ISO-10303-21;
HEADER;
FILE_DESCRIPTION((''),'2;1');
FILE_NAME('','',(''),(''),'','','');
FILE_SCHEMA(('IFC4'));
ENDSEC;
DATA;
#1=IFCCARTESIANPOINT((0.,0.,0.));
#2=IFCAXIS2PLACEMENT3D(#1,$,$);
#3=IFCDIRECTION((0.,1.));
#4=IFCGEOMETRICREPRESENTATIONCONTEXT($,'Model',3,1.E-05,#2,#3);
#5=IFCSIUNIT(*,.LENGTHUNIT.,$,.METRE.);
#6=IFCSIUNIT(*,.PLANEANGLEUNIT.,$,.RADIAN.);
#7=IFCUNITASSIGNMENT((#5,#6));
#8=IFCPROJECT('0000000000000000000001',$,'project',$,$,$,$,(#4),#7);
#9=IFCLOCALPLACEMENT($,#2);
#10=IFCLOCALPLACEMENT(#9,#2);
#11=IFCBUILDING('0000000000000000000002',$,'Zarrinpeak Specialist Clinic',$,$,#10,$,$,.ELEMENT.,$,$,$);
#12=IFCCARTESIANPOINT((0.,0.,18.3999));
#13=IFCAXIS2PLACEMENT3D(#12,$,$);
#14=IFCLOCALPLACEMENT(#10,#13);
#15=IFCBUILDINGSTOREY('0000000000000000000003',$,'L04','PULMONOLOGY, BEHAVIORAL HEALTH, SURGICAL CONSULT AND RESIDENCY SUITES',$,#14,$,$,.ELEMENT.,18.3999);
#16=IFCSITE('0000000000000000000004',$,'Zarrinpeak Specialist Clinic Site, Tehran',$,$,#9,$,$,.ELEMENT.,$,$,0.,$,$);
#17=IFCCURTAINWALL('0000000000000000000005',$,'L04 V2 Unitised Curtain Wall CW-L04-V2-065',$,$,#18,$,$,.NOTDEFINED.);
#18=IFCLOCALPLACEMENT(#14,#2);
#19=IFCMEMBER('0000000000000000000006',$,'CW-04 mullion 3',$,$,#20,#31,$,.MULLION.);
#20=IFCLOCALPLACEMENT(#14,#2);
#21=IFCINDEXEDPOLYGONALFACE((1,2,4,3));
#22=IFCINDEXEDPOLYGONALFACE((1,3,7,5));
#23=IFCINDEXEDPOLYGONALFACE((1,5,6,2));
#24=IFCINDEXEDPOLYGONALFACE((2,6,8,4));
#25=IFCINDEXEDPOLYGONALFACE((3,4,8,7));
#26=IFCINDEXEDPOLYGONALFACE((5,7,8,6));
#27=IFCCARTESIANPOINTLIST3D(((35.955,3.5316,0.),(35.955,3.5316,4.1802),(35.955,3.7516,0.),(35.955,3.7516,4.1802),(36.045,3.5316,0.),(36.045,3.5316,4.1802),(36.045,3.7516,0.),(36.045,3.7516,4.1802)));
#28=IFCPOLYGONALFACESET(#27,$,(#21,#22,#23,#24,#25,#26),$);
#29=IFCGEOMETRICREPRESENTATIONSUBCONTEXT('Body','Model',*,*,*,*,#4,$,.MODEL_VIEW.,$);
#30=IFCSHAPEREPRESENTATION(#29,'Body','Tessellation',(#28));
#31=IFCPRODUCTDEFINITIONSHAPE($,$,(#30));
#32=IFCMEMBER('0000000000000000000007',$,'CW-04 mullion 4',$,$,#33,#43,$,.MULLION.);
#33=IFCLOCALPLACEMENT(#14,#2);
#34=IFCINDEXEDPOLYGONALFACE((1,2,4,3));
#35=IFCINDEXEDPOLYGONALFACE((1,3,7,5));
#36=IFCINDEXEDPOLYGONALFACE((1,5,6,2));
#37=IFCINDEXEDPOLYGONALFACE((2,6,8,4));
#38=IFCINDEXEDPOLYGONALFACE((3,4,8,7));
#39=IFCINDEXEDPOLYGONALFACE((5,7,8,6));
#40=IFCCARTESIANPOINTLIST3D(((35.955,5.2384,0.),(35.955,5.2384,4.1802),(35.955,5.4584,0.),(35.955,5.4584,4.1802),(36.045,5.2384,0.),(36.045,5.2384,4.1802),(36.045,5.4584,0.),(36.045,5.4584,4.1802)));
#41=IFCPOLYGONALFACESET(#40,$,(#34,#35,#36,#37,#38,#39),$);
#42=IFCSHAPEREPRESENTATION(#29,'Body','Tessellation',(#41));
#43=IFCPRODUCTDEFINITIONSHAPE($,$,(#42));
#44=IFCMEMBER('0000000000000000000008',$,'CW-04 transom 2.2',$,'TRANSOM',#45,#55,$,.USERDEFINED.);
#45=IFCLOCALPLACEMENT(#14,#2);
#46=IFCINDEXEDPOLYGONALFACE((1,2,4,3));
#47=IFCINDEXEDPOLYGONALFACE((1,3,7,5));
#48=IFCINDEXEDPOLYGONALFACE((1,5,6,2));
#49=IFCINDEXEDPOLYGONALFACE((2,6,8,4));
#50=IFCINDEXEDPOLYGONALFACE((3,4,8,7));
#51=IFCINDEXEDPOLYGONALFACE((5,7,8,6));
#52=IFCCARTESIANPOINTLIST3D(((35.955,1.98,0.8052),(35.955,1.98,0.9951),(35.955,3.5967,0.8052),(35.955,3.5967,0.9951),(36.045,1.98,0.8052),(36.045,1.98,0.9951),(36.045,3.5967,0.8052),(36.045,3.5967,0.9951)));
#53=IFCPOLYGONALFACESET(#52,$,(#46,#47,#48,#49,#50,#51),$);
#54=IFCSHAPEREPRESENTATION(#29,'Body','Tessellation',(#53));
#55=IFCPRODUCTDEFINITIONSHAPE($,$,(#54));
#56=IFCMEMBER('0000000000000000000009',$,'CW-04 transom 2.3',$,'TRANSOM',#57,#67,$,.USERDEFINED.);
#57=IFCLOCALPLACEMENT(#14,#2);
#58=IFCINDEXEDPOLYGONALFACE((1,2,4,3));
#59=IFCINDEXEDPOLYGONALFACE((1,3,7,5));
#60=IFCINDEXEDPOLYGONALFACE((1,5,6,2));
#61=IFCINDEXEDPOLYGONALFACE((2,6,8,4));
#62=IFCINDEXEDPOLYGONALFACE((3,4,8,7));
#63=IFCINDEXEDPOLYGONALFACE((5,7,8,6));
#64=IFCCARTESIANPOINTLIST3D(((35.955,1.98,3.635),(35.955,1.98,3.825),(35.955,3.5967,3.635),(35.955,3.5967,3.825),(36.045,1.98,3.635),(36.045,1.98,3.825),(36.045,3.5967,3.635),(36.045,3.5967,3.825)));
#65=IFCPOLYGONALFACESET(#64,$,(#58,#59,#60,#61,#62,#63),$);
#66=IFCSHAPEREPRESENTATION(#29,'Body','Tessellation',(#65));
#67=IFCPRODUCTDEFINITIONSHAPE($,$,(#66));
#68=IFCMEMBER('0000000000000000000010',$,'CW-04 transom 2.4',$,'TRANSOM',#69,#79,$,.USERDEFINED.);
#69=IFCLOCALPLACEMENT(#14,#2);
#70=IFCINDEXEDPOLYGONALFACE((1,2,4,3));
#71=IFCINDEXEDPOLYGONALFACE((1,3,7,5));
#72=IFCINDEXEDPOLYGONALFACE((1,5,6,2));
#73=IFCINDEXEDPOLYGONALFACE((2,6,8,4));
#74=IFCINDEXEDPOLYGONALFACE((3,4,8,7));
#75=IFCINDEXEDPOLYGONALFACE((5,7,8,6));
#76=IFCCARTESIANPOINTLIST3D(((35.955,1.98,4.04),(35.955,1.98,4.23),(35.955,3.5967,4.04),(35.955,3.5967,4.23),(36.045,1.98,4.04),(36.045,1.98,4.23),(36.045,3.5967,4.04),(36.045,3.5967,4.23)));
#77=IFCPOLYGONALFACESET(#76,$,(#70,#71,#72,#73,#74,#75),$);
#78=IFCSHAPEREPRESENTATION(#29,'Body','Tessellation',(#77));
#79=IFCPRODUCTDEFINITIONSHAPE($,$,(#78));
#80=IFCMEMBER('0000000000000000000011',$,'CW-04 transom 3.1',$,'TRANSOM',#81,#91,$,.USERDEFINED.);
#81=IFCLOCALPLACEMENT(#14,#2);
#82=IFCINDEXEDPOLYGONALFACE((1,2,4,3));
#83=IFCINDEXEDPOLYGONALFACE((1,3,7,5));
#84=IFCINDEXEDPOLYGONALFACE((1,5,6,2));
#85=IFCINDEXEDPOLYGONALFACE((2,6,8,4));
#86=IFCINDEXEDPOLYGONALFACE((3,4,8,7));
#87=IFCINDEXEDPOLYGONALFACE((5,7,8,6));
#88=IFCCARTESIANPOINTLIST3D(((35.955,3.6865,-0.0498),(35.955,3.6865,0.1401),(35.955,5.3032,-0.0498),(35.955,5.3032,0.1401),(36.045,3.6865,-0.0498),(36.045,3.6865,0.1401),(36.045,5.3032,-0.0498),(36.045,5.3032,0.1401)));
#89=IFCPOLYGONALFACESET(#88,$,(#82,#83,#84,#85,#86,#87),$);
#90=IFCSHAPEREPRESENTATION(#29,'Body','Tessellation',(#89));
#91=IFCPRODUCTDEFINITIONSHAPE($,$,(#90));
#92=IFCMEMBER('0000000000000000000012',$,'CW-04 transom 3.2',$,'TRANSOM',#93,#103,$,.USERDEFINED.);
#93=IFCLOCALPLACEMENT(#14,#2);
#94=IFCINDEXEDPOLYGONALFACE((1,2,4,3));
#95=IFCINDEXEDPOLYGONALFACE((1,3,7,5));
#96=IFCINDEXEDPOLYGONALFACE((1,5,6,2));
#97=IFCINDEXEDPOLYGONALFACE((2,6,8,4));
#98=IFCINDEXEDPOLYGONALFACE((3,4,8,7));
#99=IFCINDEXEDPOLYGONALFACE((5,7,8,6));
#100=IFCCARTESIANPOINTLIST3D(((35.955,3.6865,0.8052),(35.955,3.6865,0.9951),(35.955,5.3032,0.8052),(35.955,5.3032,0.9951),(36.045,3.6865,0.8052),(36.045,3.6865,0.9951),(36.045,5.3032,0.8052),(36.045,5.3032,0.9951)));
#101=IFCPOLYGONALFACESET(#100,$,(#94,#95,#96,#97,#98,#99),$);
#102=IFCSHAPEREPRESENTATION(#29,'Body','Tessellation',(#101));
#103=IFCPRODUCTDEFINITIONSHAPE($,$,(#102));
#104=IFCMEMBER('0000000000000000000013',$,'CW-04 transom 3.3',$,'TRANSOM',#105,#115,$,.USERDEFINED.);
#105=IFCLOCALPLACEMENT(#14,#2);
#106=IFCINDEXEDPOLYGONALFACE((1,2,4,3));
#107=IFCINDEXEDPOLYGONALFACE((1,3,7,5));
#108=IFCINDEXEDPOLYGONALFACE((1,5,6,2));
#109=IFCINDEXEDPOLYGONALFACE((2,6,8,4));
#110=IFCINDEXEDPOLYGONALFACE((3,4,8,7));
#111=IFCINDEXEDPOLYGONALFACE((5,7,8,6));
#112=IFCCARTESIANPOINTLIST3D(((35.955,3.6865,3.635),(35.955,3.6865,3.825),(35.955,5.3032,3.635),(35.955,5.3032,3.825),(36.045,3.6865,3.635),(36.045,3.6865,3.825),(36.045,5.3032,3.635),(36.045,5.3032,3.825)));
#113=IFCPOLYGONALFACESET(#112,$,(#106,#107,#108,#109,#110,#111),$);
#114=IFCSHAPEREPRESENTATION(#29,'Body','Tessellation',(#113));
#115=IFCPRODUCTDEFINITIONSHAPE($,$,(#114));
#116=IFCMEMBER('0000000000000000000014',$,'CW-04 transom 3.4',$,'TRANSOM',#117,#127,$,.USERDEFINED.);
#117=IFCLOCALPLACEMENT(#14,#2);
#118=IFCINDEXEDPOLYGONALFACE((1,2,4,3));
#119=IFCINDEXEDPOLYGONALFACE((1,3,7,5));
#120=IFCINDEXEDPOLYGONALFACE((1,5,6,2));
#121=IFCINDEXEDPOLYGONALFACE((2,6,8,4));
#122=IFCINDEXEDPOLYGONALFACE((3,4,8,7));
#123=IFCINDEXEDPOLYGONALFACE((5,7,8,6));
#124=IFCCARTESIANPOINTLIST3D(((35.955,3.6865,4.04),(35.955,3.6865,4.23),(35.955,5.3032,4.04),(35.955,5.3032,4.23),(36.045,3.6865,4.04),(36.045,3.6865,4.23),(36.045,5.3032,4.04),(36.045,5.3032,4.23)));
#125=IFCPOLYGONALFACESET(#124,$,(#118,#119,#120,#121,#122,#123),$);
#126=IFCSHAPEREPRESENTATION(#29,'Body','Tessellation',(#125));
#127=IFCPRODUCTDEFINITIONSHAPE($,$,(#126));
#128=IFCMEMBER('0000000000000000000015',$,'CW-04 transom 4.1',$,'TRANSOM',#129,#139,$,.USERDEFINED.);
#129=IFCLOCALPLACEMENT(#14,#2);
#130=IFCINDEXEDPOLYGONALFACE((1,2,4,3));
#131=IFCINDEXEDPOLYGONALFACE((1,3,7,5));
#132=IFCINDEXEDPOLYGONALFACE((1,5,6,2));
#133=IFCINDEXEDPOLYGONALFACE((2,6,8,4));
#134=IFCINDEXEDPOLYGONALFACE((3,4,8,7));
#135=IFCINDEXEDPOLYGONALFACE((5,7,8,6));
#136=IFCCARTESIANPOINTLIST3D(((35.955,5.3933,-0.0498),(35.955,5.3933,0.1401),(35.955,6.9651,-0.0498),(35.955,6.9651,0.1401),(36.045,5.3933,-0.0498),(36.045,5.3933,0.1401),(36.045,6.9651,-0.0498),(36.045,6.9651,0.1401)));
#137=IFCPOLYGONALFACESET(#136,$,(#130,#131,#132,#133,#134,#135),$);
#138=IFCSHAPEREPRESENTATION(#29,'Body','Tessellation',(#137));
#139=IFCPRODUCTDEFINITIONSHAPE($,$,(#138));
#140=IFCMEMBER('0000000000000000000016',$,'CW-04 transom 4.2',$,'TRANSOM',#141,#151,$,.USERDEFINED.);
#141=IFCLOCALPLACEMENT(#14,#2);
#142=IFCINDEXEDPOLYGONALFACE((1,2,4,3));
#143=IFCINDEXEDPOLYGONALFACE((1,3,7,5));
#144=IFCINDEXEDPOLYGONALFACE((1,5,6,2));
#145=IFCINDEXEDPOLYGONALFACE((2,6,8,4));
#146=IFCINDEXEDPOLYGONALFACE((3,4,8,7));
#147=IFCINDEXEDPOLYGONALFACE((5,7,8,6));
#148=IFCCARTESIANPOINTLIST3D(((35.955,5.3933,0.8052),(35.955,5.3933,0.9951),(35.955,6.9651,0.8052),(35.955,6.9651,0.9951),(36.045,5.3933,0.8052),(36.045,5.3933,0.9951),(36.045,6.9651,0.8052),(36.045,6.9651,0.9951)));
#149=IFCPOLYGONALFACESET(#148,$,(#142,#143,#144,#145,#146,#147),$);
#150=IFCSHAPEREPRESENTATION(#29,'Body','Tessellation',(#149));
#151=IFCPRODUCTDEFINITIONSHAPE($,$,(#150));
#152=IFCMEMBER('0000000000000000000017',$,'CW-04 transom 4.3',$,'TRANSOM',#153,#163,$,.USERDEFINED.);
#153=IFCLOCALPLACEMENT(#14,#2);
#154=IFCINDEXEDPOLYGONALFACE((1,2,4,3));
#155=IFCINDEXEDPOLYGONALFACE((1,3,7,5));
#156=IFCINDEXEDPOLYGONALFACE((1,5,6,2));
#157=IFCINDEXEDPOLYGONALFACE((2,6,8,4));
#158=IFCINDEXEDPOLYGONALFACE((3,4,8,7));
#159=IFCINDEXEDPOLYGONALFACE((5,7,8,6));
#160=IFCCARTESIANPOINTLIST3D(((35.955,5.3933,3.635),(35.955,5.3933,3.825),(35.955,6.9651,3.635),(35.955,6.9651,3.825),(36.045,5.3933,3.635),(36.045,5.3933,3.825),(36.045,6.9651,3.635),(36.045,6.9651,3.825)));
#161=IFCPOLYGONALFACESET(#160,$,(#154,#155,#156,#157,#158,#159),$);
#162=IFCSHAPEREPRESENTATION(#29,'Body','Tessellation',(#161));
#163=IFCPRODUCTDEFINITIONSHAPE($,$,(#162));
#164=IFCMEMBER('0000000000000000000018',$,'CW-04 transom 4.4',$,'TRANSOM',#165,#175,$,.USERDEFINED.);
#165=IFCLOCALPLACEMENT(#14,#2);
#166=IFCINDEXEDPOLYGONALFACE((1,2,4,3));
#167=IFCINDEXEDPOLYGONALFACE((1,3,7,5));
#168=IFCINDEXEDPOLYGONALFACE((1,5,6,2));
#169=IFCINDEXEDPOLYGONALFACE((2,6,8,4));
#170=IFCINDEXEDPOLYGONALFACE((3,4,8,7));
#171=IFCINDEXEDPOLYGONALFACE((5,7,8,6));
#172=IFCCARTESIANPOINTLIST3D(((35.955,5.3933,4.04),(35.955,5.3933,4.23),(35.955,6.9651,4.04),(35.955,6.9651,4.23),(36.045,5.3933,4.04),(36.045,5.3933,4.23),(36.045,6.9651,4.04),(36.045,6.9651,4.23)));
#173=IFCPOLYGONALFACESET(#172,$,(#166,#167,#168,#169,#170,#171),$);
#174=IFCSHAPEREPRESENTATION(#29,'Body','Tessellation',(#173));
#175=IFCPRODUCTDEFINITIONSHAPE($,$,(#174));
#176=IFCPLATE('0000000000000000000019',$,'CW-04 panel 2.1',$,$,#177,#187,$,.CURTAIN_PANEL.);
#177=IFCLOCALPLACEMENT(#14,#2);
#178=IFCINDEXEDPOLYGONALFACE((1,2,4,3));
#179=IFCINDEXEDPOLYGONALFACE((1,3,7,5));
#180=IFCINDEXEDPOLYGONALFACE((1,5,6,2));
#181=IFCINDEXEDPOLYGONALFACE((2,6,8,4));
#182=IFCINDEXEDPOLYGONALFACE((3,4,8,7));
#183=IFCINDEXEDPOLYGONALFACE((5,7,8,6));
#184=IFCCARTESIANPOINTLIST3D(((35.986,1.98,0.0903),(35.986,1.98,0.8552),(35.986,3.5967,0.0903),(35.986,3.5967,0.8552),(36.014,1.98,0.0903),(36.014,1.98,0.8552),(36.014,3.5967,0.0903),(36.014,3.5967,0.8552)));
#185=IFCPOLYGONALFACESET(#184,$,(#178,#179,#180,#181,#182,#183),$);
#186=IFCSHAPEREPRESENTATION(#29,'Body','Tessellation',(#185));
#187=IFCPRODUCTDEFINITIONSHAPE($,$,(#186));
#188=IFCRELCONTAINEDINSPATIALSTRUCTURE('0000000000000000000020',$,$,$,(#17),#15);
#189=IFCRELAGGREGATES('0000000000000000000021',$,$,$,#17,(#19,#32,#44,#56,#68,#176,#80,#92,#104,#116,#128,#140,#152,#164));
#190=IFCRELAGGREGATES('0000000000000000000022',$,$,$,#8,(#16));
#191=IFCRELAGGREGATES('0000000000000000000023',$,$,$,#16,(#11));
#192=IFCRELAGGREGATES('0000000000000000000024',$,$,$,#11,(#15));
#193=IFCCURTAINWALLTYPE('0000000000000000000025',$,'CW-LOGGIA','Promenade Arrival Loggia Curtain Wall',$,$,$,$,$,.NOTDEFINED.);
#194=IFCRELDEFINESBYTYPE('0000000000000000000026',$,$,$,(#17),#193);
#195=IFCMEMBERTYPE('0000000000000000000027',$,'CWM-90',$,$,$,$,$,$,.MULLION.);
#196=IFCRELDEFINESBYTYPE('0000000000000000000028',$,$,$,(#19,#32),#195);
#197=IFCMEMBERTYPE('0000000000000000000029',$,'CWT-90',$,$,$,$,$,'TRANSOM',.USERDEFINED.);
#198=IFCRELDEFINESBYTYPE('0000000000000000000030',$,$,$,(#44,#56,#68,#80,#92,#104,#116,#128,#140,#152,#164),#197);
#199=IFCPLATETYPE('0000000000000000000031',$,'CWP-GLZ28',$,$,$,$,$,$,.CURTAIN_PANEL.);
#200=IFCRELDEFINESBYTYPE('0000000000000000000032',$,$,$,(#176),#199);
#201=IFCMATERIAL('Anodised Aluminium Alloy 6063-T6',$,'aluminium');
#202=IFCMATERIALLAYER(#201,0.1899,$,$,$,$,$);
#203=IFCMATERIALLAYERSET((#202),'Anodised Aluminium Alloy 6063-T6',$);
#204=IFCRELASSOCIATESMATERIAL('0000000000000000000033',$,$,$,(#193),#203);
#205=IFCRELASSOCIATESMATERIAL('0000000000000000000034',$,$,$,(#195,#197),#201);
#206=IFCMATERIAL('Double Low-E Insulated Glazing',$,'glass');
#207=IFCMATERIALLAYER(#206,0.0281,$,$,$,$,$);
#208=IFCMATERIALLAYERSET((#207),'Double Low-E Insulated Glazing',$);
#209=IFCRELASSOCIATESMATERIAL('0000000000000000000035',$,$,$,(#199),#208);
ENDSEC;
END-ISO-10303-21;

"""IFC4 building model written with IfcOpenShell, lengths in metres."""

from ifc_helpers import new_model, si_unit, direction, frame, origin, origin_2d, place, context, subcontext, project, spatial, rectangle, extrude, material, layer, layer_set, material_profile, profile_set, type_object, element, aggregate, save


model = new_model("IFC4")

# Units and contexts
model_context = context("Model", 3, precision=1e-05, world=origin(), true_north=direction((0.0, 1.0)))
body_context = subcontext(model_context, "Body", "Model", "MODEL_VIEW")
ifc_project = project(units=[si_unit("LENGTHUNIT", "METRE"), si_unit("PLANEANGLEUNIT", "RADIAN")], contexts=[model_context])

# Site, building, storey
site_placement = place(None, origin())
site = spatial("IfcSite", under=ifc_project, at=site_placement, Name="Zarrinpeak Specialist Clinic Site, Tehran", CompositionType="ELEMENT", RefElevation=0.0)
building_placement = place(site_placement, origin())
building = spatial("IfcBuilding", under=site, at=building_placement, Name="Zarrinpeak Specialist Clinic", CompositionType="ELEMENT")
storey_placement = place(building_placement, frame((0.0, 0.0, 18.3999)))
storey = spatial("IfcBuildingStorey", under=building, at=storey_placement, Name="L04", Description="PULMONOLOGY, BEHAVIORAL HEALTH, SURGICAL CONSULT AND RESIDENCY SUITES", CompositionType="ELEMENT", Elevation=18.3999)

# Curtain wall, members, plate
ifc_material_1 = material(Name="Anodised Aluminium Alloy 6063-T6", Category="aluminium")
ifc_layer_1 = layer(ifc_material_1, 0.1899)
ifc_layer_set_1 = layer_set([ifc_layer_1], Name="Anodised Aluminium Alloy 6063-T6")
curtain_wall_type = type_object("IfcCurtainWallType", Name="CW-LOGGIA", Description="Promenade Arrival Loggia Curtain Wall", PredefinedType="NOTDEFINED", material=ifc_layer_set_1)
curtain_wall_placement = place(storey_placement, origin())
curtain_wall = element("IfcCurtainWall", 1, at=curtain_wall_placement, inside=storey, type_object=curtain_wall_type, Name="L04 V2 Unitised Curtain Wall CW-L04-V2-065", PredefinedType="NOTDEFINED")
ifc_material_profile_1 = material_profile(ifc_material_1, rectangle(XDim=0.0901, YDim=0.22, at=origin_2d()), Name="ALU 90x220")
ifc_profile_set_1 = profile_set([ifc_material_profile_1], Name="Anodised Aluminium Alloy 6063-T6")
member_type_1 = type_object("IfcMemberType", Name="CWM-90", PredefinedType="MULLION", material=ifc_profile_set_1)
member_1_placement = place(storey_placement, frame((36.0, 3.6416, 0.0), z_axis=(0.0, 0.0, 1.0), x_axis=(-1.0, 0.0, 0.0)))
member_1 = element("IfcMember", 2, at=member_1_placement, type_object=member_type_1, Name="CW-04 mullion 3", PredefinedType="MULLION", context=body_context, shape_type="SweptSolid", body=[
    extrude(rectangle(XDim=0.0901, YDim=0.22, at=origin_2d()), origin(), (0.0, 0.0, 1.0), 4.1802),
])
member_2_placement = place(storey_placement, frame((36.0, 5.3484, 0.0), z_axis=(0.0, 0.0, 1.0), x_axis=(-1.0, 0.0, 0.0)))
member_2 = element("IfcMember", 3, at=member_2_placement, type_object=member_type_1, Name="CW-04 mullion 4", PredefinedType="MULLION", context=body_context, shape_type="SweptSolid", body=[
    extrude(rectangle(XDim=0.0901, YDim=0.22, at=origin_2d()), origin(), (0.0, 0.0, 1.0), 4.1802),
])
ifc_material_profile_2 = material_profile(ifc_material_1, rectangle(XDim=0.0901, YDim=0.1899, at=origin_2d()), Name="ALU 90x190")
ifc_profile_set_2 = profile_set([ifc_material_profile_2], Name="Anodised Aluminium Alloy 6063-T6")
member_type_2 = type_object("IfcMemberType", Name="CWT-90", ElementType="TRANSOM", PredefinedType="USERDEFINED", material=ifc_profile_set_2)
member_3_placement = place(storey_placement, frame((36.0, 1.98, 0.9001), z_axis=(0.0, 1.0, 0.0), x_axis=(-1.0, 0.0, 0.0)))
member_3 = element("IfcMember", 4, at=member_3_placement, type_object=member_type_2, Name="CW-04 transom 2.2", ObjectType="TRANSOM", PredefinedType="USERDEFINED", context=body_context, shape_type="SweptSolid", body=[
    extrude(rectangle(XDim=0.0901, YDim=0.1899, at=origin_2d()), origin(), (0.0, 0.0, 1.0), 1.6167),
])
member_4_placement = place(storey_placement, frame((36.0, 1.98, 3.73), z_axis=(0.0, 1.0, 0.0), x_axis=(-1.0, 0.0, 0.0)))
member_4 = element("IfcMember", 5, at=member_4_placement, type_object=member_type_2, Name="CW-04 transom 2.3", ObjectType="TRANSOM", PredefinedType="USERDEFINED", context=body_context, shape_type="SweptSolid", body=[
    extrude(rectangle(XDim=0.0901, YDim=0.1899, at=origin_2d()), origin(), (0.0, 0.0, 1.0), 1.6167),
])
member_5_placement = place(storey_placement, frame((36.0, 1.98, 4.135), z_axis=(0.0, 1.0, 0.0), x_axis=(-1.0, 0.0, 0.0)))
member_5 = element("IfcMember", 6, at=member_5_placement, type_object=member_type_2, Name="CW-04 transom 2.4", ObjectType="TRANSOM", PredefinedType="USERDEFINED", context=body_context, shape_type="SweptSolid", body=[
    extrude(rectangle(XDim=0.0901, YDim=0.1899, at=origin_2d()), origin(), (0.0, 0.0, 1.0), 1.6167),
])
member_6_placement = place(storey_placement, frame((36.0, 3.6865, 0.0452), z_axis=(0.0, 1.0, 0.0), x_axis=(-1.0, 0.0, 0.0)))
member_6 = element("IfcMember", 7, at=member_6_placement, type_object=member_type_2, Name="CW-04 transom 3.1", ObjectType="TRANSOM", PredefinedType="USERDEFINED", context=body_context, shape_type="SweptSolid", body=[
    extrude(rectangle(XDim=0.0901, YDim=0.1899, at=origin_2d()), origin(), (0.0, 0.0, 1.0), 1.6167),
])
member_7_placement = place(storey_placement, frame((36.0, 3.6865, 0.9001), z_axis=(0.0, 1.0, 0.0), x_axis=(-1.0, 0.0, 0.0)))
member_7 = element("IfcMember", 8, at=member_7_placement, type_object=member_type_2, Name="CW-04 transom 3.2", ObjectType="TRANSOM", PredefinedType="USERDEFINED", context=body_context, shape_type="SweptSolid", body=[
    extrude(rectangle(XDim=0.0901, YDim=0.1899, at=origin_2d()), origin(), (0.0, 0.0, 1.0), 1.6167),
])
member_8_placement = place(storey_placement, frame((36.0, 3.6865, 3.73), z_axis=(0.0, 1.0, 0.0), x_axis=(-1.0, 0.0, 0.0)))
member_8 = element("IfcMember", 9, at=member_8_placement, type_object=member_type_2, Name="CW-04 transom 3.3", ObjectType="TRANSOM", PredefinedType="USERDEFINED", context=body_context, shape_type="SweptSolid", body=[
    extrude(rectangle(XDim=0.0901, YDim=0.1899, at=origin_2d()), origin(), (0.0, 0.0, 1.0), 1.6167),
])
member_9_placement = place(storey_placement, frame((36.0, 3.6865, 4.135), z_axis=(0.0, 1.0, 0.0), x_axis=(-1.0, 0.0, 0.0)))
member_9 = element("IfcMember", 10, at=member_9_placement, type_object=member_type_2, Name="CW-04 transom 3.4", ObjectType="TRANSOM", PredefinedType="USERDEFINED", context=body_context, shape_type="SweptSolid", body=[
    extrude(rectangle(XDim=0.0901, YDim=0.1899, at=origin_2d()), origin(), (0.0, 0.0, 1.0), 1.6167),
])
member_10_placement = place(storey_placement, frame((36.0, 5.3933, 0.0452), z_axis=(0.0, 1.0, 0.0), x_axis=(-1.0, 0.0, 0.0)))
member_10 = element("IfcMember", 11, at=member_10_placement, type_object=member_type_2, Name="CW-04 transom 4.1", ObjectType="TRANSOM", PredefinedType="USERDEFINED", context=body_context, shape_type="SweptSolid", body=[
    extrude(rectangle(XDim=0.0901, YDim=0.1899, at=origin_2d()), origin(), (0.0, 0.0, 1.0), 1.5718),
])
member_11_placement = place(storey_placement, frame((36.0, 5.3933, 0.9001), z_axis=(0.0, 1.0, 0.0), x_axis=(-1.0, 0.0, 0.0)))
member_11 = element("IfcMember", 12, at=member_11_placement, type_object=member_type_2, Name="CW-04 transom 4.2", ObjectType="TRANSOM", PredefinedType="USERDEFINED", context=body_context, shape_type="SweptSolid", body=[
    extrude(rectangle(XDim=0.0901, YDim=0.1899, at=origin_2d()), origin(), (0.0, 0.0, 1.0), 1.5718),
])
member_12_placement = place(storey_placement, frame((36.0, 5.3933, 3.73), z_axis=(0.0, 1.0, 0.0), x_axis=(-1.0, 0.0, 0.0)))
member_12 = element("IfcMember", 13, at=member_12_placement, type_object=member_type_2, Name="CW-04 transom 4.3", ObjectType="TRANSOM", PredefinedType="USERDEFINED", context=body_context, shape_type="SweptSolid", body=[
    extrude(rectangle(XDim=0.0901, YDim=0.1899, at=origin_2d()), origin(), (0.0, 0.0, 1.0), 1.5718),
])
member_13_placement = place(storey_placement, frame((36.0, 5.3933, 4.135), z_axis=(0.0, 1.0, 0.0), x_axis=(-1.0, 0.0, 0.0)))
member_13 = element("IfcMember", 14, at=member_13_placement, type_object=member_type_2, Name="CW-04 transom 4.4", ObjectType="TRANSOM", PredefinedType="USERDEFINED", context=body_context, shape_type="SweptSolid", body=[
    extrude(rectangle(XDim=0.0901, YDim=0.1899, at=origin_2d()), origin(), (0.0, 0.0, 1.0), 1.5718),
])
ifc_material_2 = material(Name="Double Low-E Insulated Glazing", Category="glass")
ifc_layer_2 = layer(ifc_material_2, 0.0281)
ifc_layer_set_2 = layer_set([ifc_layer_2], Name="Double Low-E Insulated Glazing")
plate_type = type_object("IfcPlateType", Name="CWP-GLZ28", PredefinedType="CURTAIN_PANEL", material=ifc_layer_set_2)
plate_1_placement = place(storey_placement, frame((36.0, 2.7883, 0.0903), z_axis=(0.0, 0.0, 1.0), x_axis=(0.0, 1.0, 0.0)))
plate_1 = element("IfcPlate", 15, at=plate_1_placement, type_object=plate_type, Name="CW-04 panel 2.1", PredefinedType="CURTAIN_PANEL", context=body_context, shape_type="SweptSolid", body=[
    extrude(rectangle(XDim=1.6167, YDim=0.0281, at=origin_2d()), origin(), (0.0, 0.0, 1.0), 0.7649),
])
aggregate(curtain_wall, [member_1, member_2, member_3, member_4, member_5, plate_1, member_6, member_7, member_8, member_9, member_10, member_11, member_12, member_13])

save(model, "model.ifc")
